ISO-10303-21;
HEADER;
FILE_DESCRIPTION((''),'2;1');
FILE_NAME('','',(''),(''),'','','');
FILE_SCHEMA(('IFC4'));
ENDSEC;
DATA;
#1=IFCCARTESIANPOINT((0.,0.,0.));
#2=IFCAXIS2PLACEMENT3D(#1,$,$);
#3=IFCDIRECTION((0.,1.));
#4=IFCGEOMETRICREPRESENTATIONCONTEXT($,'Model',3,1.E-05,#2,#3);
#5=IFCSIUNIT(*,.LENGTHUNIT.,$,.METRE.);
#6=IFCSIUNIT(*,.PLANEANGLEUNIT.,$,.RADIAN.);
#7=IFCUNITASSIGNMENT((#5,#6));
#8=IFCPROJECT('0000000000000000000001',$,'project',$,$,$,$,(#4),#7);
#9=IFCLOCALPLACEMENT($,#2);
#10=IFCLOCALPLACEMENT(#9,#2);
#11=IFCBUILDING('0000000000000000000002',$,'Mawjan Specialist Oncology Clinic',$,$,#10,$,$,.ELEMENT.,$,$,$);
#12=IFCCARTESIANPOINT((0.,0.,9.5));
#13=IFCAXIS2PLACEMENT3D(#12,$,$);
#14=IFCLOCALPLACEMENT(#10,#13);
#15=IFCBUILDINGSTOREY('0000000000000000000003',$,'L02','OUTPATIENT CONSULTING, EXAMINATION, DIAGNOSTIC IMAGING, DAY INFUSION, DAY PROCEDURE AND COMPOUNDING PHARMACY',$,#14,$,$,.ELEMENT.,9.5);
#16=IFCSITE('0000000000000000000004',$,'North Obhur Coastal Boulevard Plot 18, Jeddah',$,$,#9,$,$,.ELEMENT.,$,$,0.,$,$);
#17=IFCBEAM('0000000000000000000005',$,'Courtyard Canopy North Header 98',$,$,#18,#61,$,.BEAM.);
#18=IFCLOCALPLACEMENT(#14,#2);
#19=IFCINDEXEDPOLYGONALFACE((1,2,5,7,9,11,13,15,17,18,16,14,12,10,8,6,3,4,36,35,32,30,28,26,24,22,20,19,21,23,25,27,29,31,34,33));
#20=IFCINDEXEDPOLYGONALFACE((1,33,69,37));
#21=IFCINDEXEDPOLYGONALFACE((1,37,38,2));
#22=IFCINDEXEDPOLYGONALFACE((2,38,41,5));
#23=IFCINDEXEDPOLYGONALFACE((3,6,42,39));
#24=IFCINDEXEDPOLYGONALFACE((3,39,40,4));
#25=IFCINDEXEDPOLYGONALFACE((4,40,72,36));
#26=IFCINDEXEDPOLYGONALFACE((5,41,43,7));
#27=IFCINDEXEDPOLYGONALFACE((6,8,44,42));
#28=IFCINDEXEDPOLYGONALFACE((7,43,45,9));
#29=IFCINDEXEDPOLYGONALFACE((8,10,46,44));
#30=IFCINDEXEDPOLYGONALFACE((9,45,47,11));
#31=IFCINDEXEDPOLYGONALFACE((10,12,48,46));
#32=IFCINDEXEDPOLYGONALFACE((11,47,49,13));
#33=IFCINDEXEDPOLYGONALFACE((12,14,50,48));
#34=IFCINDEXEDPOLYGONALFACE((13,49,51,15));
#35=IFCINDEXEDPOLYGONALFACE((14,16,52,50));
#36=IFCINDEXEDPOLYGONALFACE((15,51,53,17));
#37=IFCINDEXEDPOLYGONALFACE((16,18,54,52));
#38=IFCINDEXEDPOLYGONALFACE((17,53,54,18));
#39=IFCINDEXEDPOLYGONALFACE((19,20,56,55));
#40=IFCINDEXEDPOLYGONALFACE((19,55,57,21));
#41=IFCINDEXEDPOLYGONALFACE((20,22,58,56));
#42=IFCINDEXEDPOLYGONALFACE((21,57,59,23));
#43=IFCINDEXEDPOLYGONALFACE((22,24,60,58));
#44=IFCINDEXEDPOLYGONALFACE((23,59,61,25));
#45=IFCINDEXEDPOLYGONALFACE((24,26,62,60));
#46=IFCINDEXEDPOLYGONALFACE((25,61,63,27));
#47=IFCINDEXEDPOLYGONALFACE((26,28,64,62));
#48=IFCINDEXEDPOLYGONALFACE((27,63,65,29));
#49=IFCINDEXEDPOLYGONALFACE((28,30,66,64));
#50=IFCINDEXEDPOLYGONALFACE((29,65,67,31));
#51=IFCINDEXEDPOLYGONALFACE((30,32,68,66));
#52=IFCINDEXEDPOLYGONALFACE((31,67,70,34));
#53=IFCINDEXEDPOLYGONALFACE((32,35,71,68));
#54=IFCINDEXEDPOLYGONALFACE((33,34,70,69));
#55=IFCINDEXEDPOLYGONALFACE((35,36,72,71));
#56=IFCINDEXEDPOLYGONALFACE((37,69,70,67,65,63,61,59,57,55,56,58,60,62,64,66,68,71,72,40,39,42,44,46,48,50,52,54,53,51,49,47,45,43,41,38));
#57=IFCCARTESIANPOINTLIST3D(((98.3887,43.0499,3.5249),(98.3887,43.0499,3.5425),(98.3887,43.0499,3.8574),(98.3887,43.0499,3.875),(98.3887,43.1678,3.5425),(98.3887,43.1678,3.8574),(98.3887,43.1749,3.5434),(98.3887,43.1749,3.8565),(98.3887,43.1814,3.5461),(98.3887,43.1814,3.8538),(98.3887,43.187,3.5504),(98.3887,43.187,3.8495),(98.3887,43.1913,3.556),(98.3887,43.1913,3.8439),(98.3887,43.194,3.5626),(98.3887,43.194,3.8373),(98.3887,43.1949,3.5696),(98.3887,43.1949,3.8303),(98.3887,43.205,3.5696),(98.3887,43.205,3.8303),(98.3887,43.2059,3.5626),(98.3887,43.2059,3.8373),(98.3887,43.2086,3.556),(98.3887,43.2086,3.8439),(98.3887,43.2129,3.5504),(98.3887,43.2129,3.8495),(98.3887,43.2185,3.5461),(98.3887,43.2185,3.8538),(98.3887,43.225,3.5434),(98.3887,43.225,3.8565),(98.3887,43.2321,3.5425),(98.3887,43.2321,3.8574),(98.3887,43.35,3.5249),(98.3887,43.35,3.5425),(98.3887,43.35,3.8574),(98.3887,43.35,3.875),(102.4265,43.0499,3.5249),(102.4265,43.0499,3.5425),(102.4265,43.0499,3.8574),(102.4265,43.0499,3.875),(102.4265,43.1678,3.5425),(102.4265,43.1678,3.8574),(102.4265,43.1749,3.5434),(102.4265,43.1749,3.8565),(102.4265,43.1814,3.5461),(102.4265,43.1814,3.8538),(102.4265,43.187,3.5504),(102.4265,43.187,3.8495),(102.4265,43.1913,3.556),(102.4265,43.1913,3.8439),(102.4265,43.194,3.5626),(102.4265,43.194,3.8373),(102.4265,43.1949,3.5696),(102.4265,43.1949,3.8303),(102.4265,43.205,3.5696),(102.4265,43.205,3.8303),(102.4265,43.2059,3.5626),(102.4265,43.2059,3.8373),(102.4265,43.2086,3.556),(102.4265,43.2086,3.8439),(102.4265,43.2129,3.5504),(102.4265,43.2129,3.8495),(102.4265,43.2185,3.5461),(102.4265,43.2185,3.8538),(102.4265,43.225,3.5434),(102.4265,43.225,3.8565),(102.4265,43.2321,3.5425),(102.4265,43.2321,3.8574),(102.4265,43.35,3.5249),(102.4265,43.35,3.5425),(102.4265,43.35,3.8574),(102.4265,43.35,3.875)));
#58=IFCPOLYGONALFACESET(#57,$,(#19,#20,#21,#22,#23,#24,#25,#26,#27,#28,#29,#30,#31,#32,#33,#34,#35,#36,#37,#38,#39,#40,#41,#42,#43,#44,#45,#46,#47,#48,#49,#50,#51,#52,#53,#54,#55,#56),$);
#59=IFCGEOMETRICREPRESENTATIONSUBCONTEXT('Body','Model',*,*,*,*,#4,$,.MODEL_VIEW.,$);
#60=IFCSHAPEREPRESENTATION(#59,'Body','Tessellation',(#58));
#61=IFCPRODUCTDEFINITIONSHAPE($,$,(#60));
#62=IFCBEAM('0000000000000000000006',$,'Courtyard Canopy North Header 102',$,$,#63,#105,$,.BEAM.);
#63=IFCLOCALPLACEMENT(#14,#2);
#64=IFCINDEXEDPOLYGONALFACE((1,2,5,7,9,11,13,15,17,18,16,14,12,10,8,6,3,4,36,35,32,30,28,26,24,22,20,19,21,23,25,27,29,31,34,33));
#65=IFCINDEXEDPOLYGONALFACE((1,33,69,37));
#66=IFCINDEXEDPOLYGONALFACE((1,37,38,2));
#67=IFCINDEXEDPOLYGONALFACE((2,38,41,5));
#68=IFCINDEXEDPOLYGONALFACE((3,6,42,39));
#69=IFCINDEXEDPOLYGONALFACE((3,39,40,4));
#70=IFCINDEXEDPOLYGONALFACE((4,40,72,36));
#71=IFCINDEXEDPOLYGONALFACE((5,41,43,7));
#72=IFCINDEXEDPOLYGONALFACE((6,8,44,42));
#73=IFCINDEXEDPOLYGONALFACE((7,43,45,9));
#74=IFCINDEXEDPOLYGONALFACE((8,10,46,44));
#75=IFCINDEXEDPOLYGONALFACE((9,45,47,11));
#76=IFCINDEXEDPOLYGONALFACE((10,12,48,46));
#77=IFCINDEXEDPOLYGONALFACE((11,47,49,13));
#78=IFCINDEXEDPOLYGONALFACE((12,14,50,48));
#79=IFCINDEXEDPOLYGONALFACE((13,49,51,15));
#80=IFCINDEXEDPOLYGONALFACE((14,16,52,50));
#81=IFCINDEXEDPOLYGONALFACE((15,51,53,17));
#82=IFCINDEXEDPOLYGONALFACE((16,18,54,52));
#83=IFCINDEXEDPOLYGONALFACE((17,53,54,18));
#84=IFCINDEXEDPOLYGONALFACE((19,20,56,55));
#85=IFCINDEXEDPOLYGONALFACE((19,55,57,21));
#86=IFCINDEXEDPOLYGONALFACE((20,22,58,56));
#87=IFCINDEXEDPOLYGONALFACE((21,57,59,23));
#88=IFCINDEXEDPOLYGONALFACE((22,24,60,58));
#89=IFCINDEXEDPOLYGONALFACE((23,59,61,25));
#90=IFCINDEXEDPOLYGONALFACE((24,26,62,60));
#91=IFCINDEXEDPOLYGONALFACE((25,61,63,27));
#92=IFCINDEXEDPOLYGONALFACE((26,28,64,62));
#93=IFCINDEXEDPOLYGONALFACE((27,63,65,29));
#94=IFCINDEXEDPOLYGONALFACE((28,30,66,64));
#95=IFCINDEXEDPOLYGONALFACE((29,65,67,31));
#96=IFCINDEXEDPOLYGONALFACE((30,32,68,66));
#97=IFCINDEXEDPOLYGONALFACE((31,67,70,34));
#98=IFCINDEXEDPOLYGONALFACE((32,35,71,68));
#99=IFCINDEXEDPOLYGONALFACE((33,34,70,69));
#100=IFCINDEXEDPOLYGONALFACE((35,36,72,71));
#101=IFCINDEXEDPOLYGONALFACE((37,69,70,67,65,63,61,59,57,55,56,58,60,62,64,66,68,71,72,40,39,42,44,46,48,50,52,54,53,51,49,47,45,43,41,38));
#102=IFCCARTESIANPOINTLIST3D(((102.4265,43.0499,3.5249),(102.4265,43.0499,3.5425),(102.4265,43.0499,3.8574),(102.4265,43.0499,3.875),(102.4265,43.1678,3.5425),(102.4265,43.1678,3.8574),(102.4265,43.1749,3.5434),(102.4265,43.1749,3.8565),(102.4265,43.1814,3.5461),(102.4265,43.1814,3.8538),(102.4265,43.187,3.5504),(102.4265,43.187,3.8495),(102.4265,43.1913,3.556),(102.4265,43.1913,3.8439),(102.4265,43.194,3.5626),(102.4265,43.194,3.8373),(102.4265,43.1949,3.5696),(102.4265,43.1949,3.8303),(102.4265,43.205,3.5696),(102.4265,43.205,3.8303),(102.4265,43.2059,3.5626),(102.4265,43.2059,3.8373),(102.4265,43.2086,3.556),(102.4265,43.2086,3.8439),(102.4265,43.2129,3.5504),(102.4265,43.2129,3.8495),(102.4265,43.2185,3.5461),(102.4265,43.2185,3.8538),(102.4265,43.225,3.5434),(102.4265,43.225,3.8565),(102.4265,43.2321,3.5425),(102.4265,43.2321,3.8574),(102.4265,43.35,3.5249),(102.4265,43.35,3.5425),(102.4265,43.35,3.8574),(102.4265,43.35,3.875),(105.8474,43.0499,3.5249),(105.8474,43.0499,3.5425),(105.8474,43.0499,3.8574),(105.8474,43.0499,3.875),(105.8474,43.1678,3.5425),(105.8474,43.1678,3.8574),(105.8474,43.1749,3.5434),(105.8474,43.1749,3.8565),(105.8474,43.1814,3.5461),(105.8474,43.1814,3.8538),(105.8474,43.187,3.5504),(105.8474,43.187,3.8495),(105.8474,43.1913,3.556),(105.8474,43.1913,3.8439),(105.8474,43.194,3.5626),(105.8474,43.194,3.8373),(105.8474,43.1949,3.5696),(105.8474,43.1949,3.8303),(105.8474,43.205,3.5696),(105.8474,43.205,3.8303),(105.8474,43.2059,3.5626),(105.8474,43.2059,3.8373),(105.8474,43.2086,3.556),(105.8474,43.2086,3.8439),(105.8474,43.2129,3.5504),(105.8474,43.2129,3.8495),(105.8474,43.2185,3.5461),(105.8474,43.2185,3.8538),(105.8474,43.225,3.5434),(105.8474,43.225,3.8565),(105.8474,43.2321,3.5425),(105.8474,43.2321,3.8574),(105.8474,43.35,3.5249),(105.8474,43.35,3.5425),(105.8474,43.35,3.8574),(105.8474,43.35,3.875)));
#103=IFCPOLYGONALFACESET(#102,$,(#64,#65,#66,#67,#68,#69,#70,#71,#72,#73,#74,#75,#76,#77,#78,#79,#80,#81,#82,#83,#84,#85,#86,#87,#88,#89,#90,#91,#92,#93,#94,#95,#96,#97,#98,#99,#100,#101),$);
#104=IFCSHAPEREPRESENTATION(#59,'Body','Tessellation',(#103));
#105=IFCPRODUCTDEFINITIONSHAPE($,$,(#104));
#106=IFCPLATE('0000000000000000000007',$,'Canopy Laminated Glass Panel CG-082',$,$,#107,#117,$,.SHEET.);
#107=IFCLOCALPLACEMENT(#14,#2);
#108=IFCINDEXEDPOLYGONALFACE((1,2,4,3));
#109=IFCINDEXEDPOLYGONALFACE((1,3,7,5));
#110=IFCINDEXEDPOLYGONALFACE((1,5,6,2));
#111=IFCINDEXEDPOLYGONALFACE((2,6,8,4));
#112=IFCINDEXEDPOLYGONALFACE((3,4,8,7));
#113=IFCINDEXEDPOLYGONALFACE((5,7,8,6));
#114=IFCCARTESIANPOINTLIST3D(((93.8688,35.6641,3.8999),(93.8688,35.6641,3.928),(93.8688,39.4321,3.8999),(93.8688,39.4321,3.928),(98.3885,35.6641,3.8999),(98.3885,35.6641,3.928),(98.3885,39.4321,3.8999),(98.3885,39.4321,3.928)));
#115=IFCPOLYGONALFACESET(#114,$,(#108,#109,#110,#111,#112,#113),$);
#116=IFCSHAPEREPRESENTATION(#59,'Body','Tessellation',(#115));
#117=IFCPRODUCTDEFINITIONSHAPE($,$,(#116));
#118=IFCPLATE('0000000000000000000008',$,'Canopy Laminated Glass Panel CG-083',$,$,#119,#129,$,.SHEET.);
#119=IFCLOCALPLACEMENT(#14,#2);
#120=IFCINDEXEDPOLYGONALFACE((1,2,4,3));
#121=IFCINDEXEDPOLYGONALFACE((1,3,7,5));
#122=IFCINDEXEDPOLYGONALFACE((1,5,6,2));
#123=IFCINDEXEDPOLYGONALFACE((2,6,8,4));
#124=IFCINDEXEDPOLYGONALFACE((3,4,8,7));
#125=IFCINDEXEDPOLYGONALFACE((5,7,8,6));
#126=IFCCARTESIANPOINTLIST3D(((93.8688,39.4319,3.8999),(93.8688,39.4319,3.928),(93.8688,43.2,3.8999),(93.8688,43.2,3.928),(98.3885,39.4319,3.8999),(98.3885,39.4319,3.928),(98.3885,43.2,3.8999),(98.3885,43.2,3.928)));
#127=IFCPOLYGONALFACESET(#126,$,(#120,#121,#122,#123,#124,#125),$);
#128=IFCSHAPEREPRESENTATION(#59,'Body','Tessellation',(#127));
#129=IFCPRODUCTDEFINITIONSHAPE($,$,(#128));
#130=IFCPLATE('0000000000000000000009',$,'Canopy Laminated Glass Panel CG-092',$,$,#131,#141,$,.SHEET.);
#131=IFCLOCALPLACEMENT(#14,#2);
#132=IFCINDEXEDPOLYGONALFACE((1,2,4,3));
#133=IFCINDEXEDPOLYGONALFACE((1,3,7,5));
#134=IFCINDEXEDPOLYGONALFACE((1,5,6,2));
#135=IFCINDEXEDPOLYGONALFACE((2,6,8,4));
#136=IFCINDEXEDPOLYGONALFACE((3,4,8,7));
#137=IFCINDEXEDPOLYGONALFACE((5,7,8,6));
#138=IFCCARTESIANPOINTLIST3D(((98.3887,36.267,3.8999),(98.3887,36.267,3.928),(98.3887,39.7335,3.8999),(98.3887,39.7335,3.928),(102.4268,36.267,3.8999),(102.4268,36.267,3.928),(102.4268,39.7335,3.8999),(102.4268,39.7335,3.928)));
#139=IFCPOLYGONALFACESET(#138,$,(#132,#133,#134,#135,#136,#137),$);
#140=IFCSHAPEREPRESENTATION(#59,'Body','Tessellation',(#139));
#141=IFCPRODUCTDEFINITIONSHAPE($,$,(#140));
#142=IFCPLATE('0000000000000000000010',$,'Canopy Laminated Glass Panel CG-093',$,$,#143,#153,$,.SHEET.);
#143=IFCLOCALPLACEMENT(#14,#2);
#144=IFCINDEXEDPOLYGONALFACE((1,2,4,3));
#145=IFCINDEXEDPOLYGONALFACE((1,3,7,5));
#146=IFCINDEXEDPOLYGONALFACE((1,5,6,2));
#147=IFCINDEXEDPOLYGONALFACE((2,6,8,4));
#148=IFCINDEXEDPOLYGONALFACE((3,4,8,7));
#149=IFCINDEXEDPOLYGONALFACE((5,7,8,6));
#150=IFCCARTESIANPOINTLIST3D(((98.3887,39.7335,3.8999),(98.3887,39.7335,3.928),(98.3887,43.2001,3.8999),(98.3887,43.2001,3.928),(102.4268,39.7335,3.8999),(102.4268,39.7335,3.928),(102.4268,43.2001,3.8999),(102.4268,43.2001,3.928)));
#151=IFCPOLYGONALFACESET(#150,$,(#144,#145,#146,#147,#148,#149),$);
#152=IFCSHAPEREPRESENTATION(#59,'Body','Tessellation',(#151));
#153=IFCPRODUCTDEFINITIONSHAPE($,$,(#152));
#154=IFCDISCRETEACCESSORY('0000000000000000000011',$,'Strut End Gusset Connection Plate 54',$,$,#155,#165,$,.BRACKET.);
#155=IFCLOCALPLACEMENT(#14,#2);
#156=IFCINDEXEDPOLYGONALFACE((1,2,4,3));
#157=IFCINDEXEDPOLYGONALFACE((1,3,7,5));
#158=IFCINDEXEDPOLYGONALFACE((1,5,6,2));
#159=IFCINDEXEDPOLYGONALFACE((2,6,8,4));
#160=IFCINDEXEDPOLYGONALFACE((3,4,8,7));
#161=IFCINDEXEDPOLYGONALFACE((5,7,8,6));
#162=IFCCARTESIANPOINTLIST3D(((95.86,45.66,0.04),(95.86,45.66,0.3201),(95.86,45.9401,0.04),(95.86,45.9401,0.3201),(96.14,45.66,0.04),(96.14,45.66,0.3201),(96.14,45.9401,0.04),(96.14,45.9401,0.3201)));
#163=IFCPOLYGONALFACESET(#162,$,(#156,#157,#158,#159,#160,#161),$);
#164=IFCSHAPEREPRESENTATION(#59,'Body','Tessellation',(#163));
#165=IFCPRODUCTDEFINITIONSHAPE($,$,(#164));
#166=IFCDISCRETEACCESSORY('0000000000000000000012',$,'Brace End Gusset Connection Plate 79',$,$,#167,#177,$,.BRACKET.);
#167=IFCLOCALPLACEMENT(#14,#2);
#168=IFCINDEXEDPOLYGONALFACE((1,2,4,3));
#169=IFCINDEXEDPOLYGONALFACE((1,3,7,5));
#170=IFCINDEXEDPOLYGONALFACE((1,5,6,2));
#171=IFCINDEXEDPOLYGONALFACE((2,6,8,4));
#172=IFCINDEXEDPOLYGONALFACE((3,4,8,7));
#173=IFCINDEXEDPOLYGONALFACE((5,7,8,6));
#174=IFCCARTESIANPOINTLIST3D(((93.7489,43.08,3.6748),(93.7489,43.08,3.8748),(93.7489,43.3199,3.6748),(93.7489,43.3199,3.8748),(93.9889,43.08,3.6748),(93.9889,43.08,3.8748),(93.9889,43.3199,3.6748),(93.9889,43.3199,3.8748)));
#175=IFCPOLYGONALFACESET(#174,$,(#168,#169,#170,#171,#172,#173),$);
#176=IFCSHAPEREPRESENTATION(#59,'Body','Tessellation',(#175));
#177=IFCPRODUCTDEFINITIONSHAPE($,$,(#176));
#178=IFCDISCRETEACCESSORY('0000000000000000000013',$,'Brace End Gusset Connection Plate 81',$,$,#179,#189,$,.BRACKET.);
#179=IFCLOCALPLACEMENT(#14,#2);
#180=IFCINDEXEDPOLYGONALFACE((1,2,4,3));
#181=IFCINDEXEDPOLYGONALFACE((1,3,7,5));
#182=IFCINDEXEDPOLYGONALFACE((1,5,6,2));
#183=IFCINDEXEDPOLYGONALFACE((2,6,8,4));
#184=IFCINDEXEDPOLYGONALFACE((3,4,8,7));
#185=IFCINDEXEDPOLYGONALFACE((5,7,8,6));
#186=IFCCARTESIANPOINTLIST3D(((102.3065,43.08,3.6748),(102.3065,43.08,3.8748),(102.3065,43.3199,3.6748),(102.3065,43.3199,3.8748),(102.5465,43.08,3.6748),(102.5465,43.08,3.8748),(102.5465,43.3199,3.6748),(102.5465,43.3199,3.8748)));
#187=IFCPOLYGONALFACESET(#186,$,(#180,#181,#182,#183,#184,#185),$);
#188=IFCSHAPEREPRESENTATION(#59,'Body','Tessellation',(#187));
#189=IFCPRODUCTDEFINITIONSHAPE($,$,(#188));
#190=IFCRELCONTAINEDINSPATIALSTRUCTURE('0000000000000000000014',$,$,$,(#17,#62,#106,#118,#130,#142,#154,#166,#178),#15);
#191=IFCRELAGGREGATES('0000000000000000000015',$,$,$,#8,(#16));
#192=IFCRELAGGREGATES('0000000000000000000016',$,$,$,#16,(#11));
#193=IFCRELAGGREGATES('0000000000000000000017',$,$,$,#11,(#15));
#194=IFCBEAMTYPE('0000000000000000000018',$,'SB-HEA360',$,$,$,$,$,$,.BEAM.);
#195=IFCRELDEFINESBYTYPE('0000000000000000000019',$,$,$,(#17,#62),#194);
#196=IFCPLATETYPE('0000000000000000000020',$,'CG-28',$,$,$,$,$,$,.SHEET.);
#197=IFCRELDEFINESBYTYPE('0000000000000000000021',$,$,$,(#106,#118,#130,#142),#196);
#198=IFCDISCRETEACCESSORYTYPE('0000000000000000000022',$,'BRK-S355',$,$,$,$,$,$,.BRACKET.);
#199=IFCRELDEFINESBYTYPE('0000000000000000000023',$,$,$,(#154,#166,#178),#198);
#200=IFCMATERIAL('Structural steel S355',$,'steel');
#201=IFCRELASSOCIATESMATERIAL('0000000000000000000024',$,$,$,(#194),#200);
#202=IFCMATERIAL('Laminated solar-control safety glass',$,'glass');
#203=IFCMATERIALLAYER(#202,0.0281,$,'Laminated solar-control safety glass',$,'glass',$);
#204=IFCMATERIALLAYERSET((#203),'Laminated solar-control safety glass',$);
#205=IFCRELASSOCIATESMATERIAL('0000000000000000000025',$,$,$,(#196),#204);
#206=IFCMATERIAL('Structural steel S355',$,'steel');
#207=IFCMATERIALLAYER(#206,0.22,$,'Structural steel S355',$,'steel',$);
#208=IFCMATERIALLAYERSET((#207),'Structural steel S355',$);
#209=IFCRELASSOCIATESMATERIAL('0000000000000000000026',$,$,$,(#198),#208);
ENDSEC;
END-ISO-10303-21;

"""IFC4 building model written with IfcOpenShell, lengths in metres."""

from ifc_helpers import new_model, si_unit, direction, frame, origin, origin_2d, place, context, subcontext, project, spatial, rectangle, i_section, extrude, material, layer, layer_set, material_profile, profile_set, type_object, element, save


model = new_model("IFC4")

# Units and contexts
model_context = context("Model", 3, precision=1e-05, world=origin(), true_north=direction((0.0, 1.0)))
body_context = subcontext(model_context, "Body", "Model", "MODEL_VIEW")
ifc_project = project(units=[si_unit("LENGTHUNIT", "METRE"), si_unit("PLANEANGLEUNIT", "RADIAN")], contexts=[model_context])

# Site, building, storey
site_placement = place(None, origin())
site = spatial("IfcSite", under=ifc_project, at=site_placement, Name="North Obhur Coastal Boulevard Plot 18, Jeddah", CompositionType="ELEMENT", RefElevation=0.0)
building_placement = place(site_placement, origin())
building = spatial("IfcBuilding", under=site, at=building_placement, Name="Mawjan Specialist Oncology Clinic", CompositionType="ELEMENT")
storey_placement = place(building_placement, frame((0.0, 0.0, 9.5)))
storey = spatial("IfcBuildingStorey", under=building, at=storey_placement, Name="L02", Description="OUTPATIENT CONSULTING, EXAMINATION, DIAGNOSTIC IMAGING, DAY INFUSION, DAY PROCEDURE AND COMPOUNDING PHARMACY", CompositionType="ELEMENT", Elevation=9.5)

# Beams
ifc_material_1 = material(Name="Structural steel S355", Category="steel")
ifc_material_profile_1 = material_profile(ifc_material_1, i_section(OverallWidth=0.3, OverallDepth=0.3501, WebThickness=0.01, FlangeThickness=0.0176, FilletRadius=0.0271, at=origin_2d()), Name="HEA 360", Category="steel")
ifc_profile_set_1 = profile_set([ifc_material_profile_1], Name="Structural steel S355")
beam_type_1 = type_object("IfcBeamType", Name="SB-HEA360", PredefinedType="BEAM", material=ifc_profile_set_1)
beam_1_placement = place(storey_placement, frame((98.3887, 43.2, 3.7), z_axis=(1.0, 0.0, 0.0), x_axis=(0.0, 1.0, 0.0)))
element("IfcBeam", 1, at=beam_1_placement, inside=storey, type_object=beam_type_1, Name="Courtyard Canopy North Header 98", PredefinedType="BEAM", context=body_context, shape_type="SweptSolid", body=[
    extrude(i_section(OverallWidth=0.3, OverallDepth=0.3501, WebThickness=0.01, FlangeThickness=0.0176, FilletRadius=0.0271, at=origin_2d()), origin(), (0.0, 0.0, 1.0), 4.0378),
])
beam_2_placement = place(storey_placement, frame((102.4265, 43.2, 3.7), z_axis=(1.0, 0.0, 0.0), x_axis=(0.0, 1.0, 0.0)))
element("IfcBeam", 2, at=beam_2_placement, inside=storey, type_object=beam_type_1, Name="Courtyard Canopy North Header 102", PredefinedType="BEAM", context=body_context, shape_type="SweptSolid", body=[
    extrude(i_section(OverallWidth=0.3, OverallDepth=0.3501, WebThickness=0.01, FlangeThickness=0.0176, FilletRadius=0.0271, at=origin_2d()), origin(), (0.0, 0.0, 1.0), 3.4209),
])

# Plates
ifc_material_2 = material(Name="Laminated solar-control safety glass", Category="glass")
ifc_layer_1 = layer(ifc_material_2, 0.0281, Name="Laminated solar-control safety glass", Category="glass")
ifc_layer_set_1 = layer_set([ifc_layer_1], Name="Laminated solar-control safety glass")
plate_type = type_object("IfcPlateType", Name="CG-28", PredefinedType="SHEET", material=ifc_layer_set_1)
for number, where, z_axis, x_axis, name in (
    (3, (96.1287, 37.5481, 3.8999), (0.0, 0.0, 1.0), (1.0, 0.0, 0.0), "Canopy Laminated Glass Panel CG-082"),
    (4, (96.1287, 41.3159, 3.8999), (0.0, 0.0, 1.0), (1.0, 0.0, 0.0), "Canopy Laminated Glass Panel CG-083"),
):
    element("IfcPlate", number, at=place(storey_placement, frame(where, z_axis=z_axis, x_axis=x_axis)), inside=storey, type_object=plate_type, Name=name, PredefinedType="SHEET", context=body_context, shape_type="SweptSolid", body=[
        extrude(rectangle(XDim=4.5198, YDim=3.7681, at=origin_2d()), origin(), (0.0, 0.0, 1.0), 0.0281),
    ])
for number, where, z_axis, x_axis, name in (
    (5, (100.4077, 38.0002, 3.8999), (0.0, 0.0, 1.0), (1.0, 0.0, 0.0), "Canopy Laminated Glass Panel CG-092"),
    (6, (100.4077, 41.4668, 3.8999), (0.0, 0.0, 1.0), (1.0, 0.0, 0.0), "Canopy Laminated Glass Panel CG-093"),
):
    element("IfcPlate", number, at=place(storey_placement, frame(where, z_axis=z_axis, x_axis=x_axis)), inside=storey, type_object=plate_type, Name=name, PredefinedType="SHEET", context=body_context, shape_type="SweptSolid", body=[
        extrude(rectangle(XDim=4.0381, YDim=3.4666, at=origin_2d()), origin(), (0.0, 0.0, 1.0), 0.0281),
    ])

# Discrete accessories
ifc_material_3 = material(Name="Structural steel S355", Category="steel")
ifc_layer_2 = layer(ifc_material_3, 0.22, Name="Structural steel S355", Category="steel")
ifc_layer_set_2 = layer_set([ifc_layer_2], Name="Structural steel S355")
discrete_accessory_type = type_object("IfcDiscreteAccessoryType", Name="BRK-S355", PredefinedType="BRACKET", material=ifc_layer_set_2)
discrete_accessory_placement = place(storey_placement, frame((96.0, 45.8, 0.04), z_axis=(0.0, 0.0, 1.0), x_axis=(1.0, 0.0, 0.0)))
element("IfcDiscreteAccessory", 7, at=discrete_accessory_placement, inside=storey, type_object=discrete_accessory_type, Name="Strut End Gusset Connection Plate 54", PredefinedType="BRACKET", context=body_context, shape_type="SweptSolid", body=[
    extrude(rectangle(XDim=0.28, YDim=0.28, at=origin_2d()), origin(), (0.0, 0.0, 1.0), 0.28),
])
for number, where, z_axis, x_axis, name in (
    (8, (93.8689, 43.2, 3.6748), (0.0, 0.0, 1.0), (1.0, 0.0, 0.0), "Brace End Gusset Connection Plate 79"),
    (9, (102.4265, 43.2, 3.6748), (0.0, 0.0, 1.0), (1.0, 0.0, 0.0), "Brace End Gusset Connection Plate 81"),
):
    element("IfcDiscreteAccessory", number, at=place(storey_placement, frame(where, z_axis=z_axis, x_axis=x_axis)), inside=storey, type_object=discrete_accessory_type, Name=name, PredefinedType="BRACKET", context=body_context, shape_type="SweptSolid", body=[
        extrude(rectangle(XDim=0.24, YDim=0.24, at=origin_2d()), origin(), (0.0, 0.0, 1.0), 0.2),
    ])

save(model, "model.ifc")
